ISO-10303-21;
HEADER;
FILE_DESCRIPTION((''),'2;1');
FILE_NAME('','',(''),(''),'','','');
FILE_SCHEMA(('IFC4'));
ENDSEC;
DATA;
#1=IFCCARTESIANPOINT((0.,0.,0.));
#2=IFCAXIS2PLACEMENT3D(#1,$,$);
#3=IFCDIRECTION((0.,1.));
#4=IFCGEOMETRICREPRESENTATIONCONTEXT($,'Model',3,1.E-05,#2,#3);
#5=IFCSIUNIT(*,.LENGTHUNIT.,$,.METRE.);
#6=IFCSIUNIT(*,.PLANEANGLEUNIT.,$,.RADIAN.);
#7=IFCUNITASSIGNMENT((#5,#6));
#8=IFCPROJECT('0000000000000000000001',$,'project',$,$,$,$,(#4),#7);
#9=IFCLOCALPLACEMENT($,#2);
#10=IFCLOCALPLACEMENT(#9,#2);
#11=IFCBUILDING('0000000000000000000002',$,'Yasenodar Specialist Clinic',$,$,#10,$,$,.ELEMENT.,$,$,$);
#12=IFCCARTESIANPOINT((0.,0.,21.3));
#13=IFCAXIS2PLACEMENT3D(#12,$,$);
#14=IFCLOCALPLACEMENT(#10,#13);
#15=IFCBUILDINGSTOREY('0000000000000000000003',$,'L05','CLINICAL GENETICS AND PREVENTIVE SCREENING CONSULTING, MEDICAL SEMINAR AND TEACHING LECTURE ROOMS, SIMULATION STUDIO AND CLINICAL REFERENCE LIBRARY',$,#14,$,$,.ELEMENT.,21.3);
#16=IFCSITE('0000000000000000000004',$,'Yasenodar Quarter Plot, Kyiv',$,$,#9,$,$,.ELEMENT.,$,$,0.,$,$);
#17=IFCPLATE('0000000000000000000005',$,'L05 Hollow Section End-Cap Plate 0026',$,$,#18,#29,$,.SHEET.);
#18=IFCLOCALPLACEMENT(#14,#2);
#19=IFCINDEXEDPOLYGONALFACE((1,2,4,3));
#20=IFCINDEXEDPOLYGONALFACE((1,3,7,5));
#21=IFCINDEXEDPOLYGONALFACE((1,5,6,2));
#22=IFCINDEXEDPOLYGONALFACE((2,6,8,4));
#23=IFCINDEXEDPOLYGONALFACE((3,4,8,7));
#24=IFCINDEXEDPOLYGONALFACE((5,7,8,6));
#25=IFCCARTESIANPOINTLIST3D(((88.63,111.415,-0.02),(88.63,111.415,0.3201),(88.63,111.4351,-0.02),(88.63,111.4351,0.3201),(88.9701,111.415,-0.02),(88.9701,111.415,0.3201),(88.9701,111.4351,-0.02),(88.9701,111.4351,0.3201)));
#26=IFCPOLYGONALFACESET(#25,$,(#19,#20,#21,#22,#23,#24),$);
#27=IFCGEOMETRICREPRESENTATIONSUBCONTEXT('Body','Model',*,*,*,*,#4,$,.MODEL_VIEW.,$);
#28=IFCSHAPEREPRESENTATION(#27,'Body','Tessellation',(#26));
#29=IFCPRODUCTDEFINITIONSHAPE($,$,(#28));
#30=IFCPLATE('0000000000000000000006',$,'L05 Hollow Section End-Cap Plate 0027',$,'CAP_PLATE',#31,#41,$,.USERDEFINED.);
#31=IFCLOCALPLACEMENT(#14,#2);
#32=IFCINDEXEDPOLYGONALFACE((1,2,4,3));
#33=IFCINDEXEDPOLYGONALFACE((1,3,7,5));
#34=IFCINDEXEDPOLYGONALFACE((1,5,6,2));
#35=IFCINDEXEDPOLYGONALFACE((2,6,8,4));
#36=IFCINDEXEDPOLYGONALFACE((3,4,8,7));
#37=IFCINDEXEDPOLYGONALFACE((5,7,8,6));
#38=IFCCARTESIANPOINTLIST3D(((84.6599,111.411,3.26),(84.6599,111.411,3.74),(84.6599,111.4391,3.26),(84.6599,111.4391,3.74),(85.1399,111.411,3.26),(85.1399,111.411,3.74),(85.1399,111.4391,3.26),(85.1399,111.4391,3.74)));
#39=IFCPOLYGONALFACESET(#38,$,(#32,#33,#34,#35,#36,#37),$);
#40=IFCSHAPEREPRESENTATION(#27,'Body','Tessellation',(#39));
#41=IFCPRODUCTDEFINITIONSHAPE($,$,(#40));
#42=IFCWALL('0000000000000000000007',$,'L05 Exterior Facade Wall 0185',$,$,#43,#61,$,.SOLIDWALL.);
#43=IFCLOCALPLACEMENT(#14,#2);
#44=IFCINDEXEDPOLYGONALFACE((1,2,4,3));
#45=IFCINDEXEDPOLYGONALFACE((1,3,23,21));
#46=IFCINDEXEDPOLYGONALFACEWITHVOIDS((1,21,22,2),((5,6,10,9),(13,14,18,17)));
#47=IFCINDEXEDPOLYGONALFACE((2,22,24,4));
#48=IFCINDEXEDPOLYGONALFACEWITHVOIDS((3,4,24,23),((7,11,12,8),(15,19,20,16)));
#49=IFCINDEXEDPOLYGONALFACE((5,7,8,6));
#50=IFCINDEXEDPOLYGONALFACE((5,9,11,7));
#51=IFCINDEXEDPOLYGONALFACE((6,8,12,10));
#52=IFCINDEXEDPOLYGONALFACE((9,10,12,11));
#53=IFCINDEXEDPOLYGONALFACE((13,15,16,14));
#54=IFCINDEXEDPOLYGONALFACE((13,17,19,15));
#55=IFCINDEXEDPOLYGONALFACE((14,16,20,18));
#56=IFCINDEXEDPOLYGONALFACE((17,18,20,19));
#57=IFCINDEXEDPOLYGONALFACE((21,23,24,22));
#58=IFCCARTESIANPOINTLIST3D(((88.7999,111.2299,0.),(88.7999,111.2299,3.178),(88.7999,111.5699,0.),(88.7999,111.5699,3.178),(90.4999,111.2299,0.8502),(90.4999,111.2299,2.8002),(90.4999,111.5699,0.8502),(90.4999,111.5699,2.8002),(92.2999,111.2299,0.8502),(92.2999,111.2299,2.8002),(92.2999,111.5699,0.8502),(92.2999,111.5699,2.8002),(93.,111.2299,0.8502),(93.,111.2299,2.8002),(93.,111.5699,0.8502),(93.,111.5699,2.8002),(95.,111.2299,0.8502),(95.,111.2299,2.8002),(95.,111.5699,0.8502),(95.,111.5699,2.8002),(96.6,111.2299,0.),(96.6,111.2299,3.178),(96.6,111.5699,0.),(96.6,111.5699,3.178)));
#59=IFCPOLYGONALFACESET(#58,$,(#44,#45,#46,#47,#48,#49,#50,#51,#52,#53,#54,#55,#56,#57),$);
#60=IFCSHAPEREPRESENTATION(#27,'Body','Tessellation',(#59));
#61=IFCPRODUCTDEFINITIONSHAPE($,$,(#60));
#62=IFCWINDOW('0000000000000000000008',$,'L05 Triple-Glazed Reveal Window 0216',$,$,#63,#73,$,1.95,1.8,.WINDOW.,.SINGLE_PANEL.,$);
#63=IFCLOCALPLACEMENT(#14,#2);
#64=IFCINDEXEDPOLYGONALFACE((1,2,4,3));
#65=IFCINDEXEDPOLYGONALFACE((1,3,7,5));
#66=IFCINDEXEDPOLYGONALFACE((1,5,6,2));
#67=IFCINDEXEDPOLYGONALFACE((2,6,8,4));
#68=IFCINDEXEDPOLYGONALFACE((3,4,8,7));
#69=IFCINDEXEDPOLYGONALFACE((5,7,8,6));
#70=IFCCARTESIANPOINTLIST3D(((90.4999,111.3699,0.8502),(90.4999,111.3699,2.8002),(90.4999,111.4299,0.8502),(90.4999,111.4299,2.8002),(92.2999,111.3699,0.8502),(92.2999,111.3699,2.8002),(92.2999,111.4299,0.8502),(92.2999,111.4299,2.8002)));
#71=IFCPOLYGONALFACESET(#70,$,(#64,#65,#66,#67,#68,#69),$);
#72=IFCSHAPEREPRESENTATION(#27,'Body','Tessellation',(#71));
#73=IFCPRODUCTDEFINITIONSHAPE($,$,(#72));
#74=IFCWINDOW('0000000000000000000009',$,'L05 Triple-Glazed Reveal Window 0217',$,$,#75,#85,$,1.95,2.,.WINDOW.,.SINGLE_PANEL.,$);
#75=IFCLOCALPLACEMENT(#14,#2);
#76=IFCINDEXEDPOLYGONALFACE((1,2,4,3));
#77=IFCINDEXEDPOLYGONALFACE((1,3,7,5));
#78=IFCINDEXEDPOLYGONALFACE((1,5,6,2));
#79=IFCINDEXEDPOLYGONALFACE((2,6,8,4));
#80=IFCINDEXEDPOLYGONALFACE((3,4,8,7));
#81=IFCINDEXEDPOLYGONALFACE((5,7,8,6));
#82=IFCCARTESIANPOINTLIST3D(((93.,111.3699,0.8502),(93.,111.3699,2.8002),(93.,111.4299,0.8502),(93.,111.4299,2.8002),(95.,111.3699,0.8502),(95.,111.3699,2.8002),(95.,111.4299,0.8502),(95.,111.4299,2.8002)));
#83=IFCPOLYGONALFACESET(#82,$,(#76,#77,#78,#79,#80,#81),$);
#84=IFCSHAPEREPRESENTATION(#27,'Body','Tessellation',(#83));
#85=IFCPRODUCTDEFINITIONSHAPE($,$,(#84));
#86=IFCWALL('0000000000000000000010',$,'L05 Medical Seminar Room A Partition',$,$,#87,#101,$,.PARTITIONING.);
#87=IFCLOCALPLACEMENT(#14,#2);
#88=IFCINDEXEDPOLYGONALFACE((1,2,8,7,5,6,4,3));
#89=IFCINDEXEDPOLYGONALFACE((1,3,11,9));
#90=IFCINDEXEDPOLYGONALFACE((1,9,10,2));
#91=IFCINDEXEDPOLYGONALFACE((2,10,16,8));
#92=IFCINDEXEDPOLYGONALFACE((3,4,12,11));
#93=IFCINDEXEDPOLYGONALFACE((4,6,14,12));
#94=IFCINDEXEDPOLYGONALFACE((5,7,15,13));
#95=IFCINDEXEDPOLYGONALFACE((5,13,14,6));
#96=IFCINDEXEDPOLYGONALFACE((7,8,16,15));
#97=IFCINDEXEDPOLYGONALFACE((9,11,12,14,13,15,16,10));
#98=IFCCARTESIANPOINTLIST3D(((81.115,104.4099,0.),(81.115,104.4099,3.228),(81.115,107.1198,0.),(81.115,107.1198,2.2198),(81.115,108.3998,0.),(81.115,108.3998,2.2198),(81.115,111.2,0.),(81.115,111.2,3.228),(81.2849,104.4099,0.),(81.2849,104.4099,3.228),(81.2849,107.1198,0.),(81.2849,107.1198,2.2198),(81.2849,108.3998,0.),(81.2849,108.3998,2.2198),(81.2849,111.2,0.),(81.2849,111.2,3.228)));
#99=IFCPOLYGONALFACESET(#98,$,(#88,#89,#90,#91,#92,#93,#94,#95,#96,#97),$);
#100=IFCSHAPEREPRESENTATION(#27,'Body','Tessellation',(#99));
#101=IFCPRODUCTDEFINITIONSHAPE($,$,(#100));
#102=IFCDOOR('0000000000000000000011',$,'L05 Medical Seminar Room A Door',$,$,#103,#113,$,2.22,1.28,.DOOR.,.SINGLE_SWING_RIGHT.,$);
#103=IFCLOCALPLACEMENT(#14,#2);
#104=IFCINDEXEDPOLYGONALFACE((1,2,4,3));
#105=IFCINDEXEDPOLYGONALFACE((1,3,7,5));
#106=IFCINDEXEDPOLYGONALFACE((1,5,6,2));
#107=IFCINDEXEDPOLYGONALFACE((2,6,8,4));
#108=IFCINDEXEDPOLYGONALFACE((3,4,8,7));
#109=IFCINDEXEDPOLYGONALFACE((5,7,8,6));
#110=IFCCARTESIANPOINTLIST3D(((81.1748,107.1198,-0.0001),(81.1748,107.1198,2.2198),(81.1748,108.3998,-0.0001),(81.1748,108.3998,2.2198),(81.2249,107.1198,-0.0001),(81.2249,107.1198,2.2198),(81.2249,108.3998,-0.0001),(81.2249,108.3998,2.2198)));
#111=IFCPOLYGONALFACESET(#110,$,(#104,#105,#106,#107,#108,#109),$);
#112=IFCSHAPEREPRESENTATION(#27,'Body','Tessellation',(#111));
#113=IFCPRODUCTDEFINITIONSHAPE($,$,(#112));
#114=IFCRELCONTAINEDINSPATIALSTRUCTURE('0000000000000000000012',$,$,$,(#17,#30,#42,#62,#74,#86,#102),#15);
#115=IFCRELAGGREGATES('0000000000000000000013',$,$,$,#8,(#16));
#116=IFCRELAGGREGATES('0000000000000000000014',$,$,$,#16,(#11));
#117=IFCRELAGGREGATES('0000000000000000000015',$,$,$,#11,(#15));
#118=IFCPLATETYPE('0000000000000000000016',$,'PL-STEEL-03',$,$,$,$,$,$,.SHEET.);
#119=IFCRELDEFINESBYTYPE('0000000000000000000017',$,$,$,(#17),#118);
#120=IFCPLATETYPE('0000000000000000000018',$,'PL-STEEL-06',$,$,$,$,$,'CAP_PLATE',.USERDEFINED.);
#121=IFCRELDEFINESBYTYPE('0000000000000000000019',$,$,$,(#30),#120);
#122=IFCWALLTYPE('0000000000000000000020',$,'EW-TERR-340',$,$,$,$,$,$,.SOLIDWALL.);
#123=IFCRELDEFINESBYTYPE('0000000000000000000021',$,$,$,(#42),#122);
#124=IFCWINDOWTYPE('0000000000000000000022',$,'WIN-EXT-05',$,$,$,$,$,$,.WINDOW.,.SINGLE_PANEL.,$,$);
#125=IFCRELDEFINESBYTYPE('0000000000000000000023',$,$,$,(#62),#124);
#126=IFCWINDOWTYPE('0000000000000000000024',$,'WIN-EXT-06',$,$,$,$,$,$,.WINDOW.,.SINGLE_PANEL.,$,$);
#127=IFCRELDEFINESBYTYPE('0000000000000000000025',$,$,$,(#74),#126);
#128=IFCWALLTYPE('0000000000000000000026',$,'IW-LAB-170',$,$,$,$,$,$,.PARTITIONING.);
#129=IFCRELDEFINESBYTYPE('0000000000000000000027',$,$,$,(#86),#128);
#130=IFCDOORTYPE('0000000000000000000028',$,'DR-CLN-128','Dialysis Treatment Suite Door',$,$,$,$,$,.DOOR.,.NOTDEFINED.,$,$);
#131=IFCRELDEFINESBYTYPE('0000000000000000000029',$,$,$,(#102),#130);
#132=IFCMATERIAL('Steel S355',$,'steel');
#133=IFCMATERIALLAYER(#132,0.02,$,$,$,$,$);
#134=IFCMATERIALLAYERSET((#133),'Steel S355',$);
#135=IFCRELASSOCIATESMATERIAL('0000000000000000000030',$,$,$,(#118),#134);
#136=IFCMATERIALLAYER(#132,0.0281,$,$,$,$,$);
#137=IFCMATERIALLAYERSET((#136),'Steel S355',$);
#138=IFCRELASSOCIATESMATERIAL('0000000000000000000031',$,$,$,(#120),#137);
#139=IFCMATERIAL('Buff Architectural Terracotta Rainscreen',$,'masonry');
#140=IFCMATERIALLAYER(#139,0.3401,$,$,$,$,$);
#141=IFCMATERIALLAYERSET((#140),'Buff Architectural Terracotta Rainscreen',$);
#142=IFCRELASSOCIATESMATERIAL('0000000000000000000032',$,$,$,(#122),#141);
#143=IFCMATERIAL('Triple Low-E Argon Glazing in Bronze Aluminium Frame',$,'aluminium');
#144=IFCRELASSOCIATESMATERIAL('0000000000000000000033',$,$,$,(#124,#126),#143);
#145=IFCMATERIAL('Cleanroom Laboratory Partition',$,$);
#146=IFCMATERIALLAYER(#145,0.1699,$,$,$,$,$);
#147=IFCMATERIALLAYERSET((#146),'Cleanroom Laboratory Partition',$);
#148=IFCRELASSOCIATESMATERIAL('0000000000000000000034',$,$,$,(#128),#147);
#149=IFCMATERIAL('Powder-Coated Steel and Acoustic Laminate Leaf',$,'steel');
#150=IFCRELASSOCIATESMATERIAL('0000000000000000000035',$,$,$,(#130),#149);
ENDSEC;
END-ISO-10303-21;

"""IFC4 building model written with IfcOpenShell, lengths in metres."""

from ifc_helpers import new_model, si_unit, direction, frame, frame_2d, origin, origin_2d, place, context, subcontext, project, spatial, rectangle, extrude, material, layer, layer_set, type_object, element, fill, save


model = new_model("IFC4")

# Units and contexts
model_context = context("Model", 3, precision=1e-05, world=origin(), true_north=direction((0.0, 1.0)))
body_context = subcontext(model_context, "Body", "Model", "MODEL_VIEW")
ifc_project = project(units=[si_unit("LENGTHUNIT", "METRE"), si_unit("PLANEANGLEUNIT", "RADIAN")], contexts=[model_context])

# Site, building, storey
site_placement = place(None, origin())
site = spatial("IfcSite", under=ifc_project, at=site_placement, Name="Yasenodar Quarter Plot, Kyiv", CompositionType="ELEMENT", RefElevation=0.0)
building_placement = place(site_placement, origin())
building = spatial("IfcBuilding", under=site, at=building_placement, Name="Yasenodar Specialist Clinic", CompositionType="ELEMENT")
storey_placement = place(building_placement, frame((0.0, 0.0, 21.3)))
storey = spatial("IfcBuildingStorey", under=building, at=storey_placement, Name="L05", Description="CLINICAL GENETICS AND PREVENTIVE SCREENING CONSULTING, MEDICAL SEMINAR AND TEACHING LECTURE ROOMS, SIMULATION STUDIO AND CLINICAL REFERENCE LIBRARY", CompositionType="ELEMENT", Elevation=21.3)

# Shared definitions
ifc_material_1 = material(Name="Steel S355", Category="steel")

# Plates
ifc_layer_1 = layer(ifc_material_1, 0.02)
ifc_layer_set_1 = layer_set([ifc_layer_1], Name="Steel S355")
plate_type_1 = type_object("IfcPlateType", Name="PL-STEEL-03", PredefinedType="SHEET", material=ifc_layer_set_1)
plate_1_placement = place(storey_placement, frame((88.8, 111.425, -0.02), z_axis=(0.0, 0.0, 1.0), x_axis=(1.0, 0.0, 0.0)))
element("IfcPlate", 1, at=plate_1_placement, inside=storey, type_object=plate_type_1, Name="L05 Hollow Section End-Cap Plate 0026", PredefinedType="SHEET", context=body_context, shape_type="SweptSolid", body=[
    extrude(rectangle(XDim=0.3401, YDim=0.02, at=origin_2d()), origin(), (0.0, 0.0, 1.0), 0.3401),
])
ifc_layer_2 = layer(ifc_material_1, 0.0281)
ifc_layer_set_2 = layer_set([ifc_layer_2], Name="Steel S355")
plate_type_2 = type_object("IfcPlateType", Name="PL-STEEL-06", ElementType="CAP_PLATE", PredefinedType="USERDEFINED", material=ifc_layer_set_2)
plate_2_placement = place(storey_placement, frame((84.8999, 111.425, 3.26), z_axis=(0.0, 0.0, 1.0), x_axis=(1.0, 0.0, 0.0)))
element("IfcPlate", 2, at=plate_2_placement, inside=storey, type_object=plate_type_2, Name="L05 Hollow Section End-Cap Plate 0027", ObjectType="CAP_PLATE", PredefinedType="USERDEFINED", context=body_context, shape_type="SweptSolid", body=[
    extrude(rectangle(XDim=0.48, YDim=0.0281, at=origin_2d()), origin(), (0.0, 0.0, 1.0), 0.48),
])

# Wall, openings, windows
ifc_material_2 = material(Name="Buff Architectural Terracotta Rainscreen", Category="masonry")
ifc_layer_3 = layer(ifc_material_2, 0.3401)
ifc_layer_set_3 = layer_set([ifc_layer_3], Name="Buff Architectural Terracotta Rainscreen")
wall_type_1 = type_object("IfcWallType", Name="EW-TERR-340", PredefinedType="SOLIDWALL", material=ifc_layer_set_3)
wall_1_placement = place(storey_placement, frame((88.8, 111.3999, 0.0), z_axis=(0.0, 0.0, 1.0), x_axis=(1.0, 0.0, 0.0)))
wall_1 = element("IfcWall", 3, at=wall_1_placement, inside=storey, type_object=wall_type_1, Name="L05 Exterior Facade Wall 0185", PredefinedType="SOLIDWALL", context=body_context, shape_type="SweptSolid", body=[
    extrude(rectangle(XDim=7.8, YDim=0.3401, at=frame_2d((3.8999, 0.0))), origin(), (0.0, 0.0, 1.0), 3.178),
])
opening_1_placement = place(wall_1_placement, frame((1.7, 0.0, 0.8501)))
opening_1 = element("IfcOpeningElement", 4, at=opening_1_placement, cuts=wall_1, PredefinedType="OPENING", context=body_context, shape_type="SweptSolid", body=[
    extrude(rectangle(XDim=1.8, YDim=1.95, at=frame_2d((0.8999, 0.9751))), frame((0.0, 0.1802, 0.0), z_axis=(0.0, -1.0, 0.0), x_axis=(1.0, 0.0, 0.0)), (0.0, 0.0, 1.0), 0.3601),
])
opening_2_placement = place(wall_1_placement, frame((4.2, 0.0, 0.8501)))
opening_2 = element("IfcOpeningElement", 5, at=opening_2_placement, cuts=wall_1, PredefinedType="OPENING", context=body_context, shape_type="SweptSolid", body=[
    extrude(rectangle(XDim=2.0, YDim=1.95, at=frame_2d((1.0, 0.9751))), frame((0.0, 0.1802, 0.0), z_axis=(0.0, -1.0, 0.0), x_axis=(1.0, 0.0, 0.0)), (0.0, 0.0, 1.0), 0.3601),
])
ifc_material_3 = material(Name="Triple Low-E Argon Glazing in Bronze Aluminium Frame", Category="aluminium")
window_type_1 = type_object("IfcWindowType", Name="WIN-EXT-05", PartitioningType="SINGLE_PANEL", PredefinedType="WINDOW", material=ifc_material_3)
window_1_placement = place(opening_1_placement, origin())
window_1 = element("IfcWindow", 6, at=window_1_placement, inside=storey, type_object=window_type_1, Name="L05 Triple-Glazed Reveal Window 0216", OverallHeight=1.95, OverallWidth=1.8, PartitioningType="SINGLE_PANEL", PredefinedType="WINDOW", context=body_context, shape_type="SweptSolid", body=[
    extrude(rectangle(XDim=1.8, YDim=1.95, at=frame_2d((0.8999, 0.9751))), frame((0.0, 0.03, 0.0), z_axis=(0.0, -1.0, 0.0), x_axis=(1.0, 0.0, 0.0)), (0.0, 0.0, 1.0), 0.0601),
])
fill(opening_1, window_1)
window_type_2 = type_object("IfcWindowType", Name="WIN-EXT-06", PartitioningType="SINGLE_PANEL", PredefinedType="WINDOW", material=ifc_material_3)
window_2_placement = place(opening_2_placement, origin())
window_2 = element("IfcWindow", 7, at=window_2_placement, inside=storey, type_object=window_type_2, Name="L05 Triple-Glazed Reveal Window 0217", OverallHeight=1.95, OverallWidth=2.0, PartitioningType="SINGLE_PANEL", PredefinedType="WINDOW", context=body_context, shape_type="SweptSolid", body=[
    extrude(rectangle(XDim=2.0, YDim=1.95, at=frame_2d((1.0, 0.9751))), frame((0.0, 0.03, 0.0), z_axis=(0.0, -1.0, 0.0), x_axis=(1.0, 0.0, 0.0)), (0.0, 0.0, 1.0), 0.0601),
])
fill(opening_2, window_2)

# Wall, opening, door
ifc_material_4 = material(Name="Cleanroom Laboratory Partition")
ifc_layer_4 = layer(ifc_material_4, 0.1699)
ifc_layer_set_4 = layer_set([ifc_layer_4], Name="Cleanroom Laboratory Partition")
wall_type_2 = type_object("IfcWallType", Name="IW-LAB-170", PredefinedType="PARTITIONING", material=ifc_layer_set_4)
wall_2_placement = place(storey_placement, frame((81.2, 111.2, 0.0), z_axis=(0.0, 0.0, 1.0), x_axis=(0.0, -1.0, 0.0)))
wall_2 = element("IfcWall", 8, at=wall_2_placement, inside=storey, type_object=wall_type_2, Name="L05 Medical Seminar Room A Partition", PredefinedType="PARTITIONING", context=body_context, shape_type="SweptSolid", body=[
    extrude(rectangle(XDim=6.79, YDim=0.1699, at=frame_2d((3.395, 0.0))), origin(), (0.0, 0.0, 1.0), 3.228),
])
opening_3_placement = place(wall_2_placement, frame((2.8, 0.0, 0.0)))
opening_3 = element("IfcOpeningElement", 9, at=opening_3_placement, cuts=wall_2, PredefinedType="OPENING", context=body_context, shape_type="SweptSolid", body=[
    extrude(rectangle(XDim=1.28, YDim=2.22, at=frame_2d((0.6401, 1.1099))), frame((0.0, 0.095, 0.0), z_axis=(0.0, -1.0, 0.0), x_axis=(1.0, 0.0, 0.0)), (0.0, 0.0, 1.0), 0.1899),
])
ifc_material_5 = material(Name="Powder-Coated Steel and Acoustic Laminate Leaf", Category="steel")
door_type = type_object("IfcDoorType", Name="DR-CLN-128", Description="Dialysis Treatment Suite Door", OperationType="NOTDEFINED", PredefinedType="DOOR", material=ifc_material_5)
door_placement = place(opening_3_placement, origin())
door = element("IfcDoor", 10, at=door_placement, inside=storey, type_object=door_type, Name="L05 Medical Seminar Room A Door", OperationType="SINGLE_SWING_RIGHT", OverallHeight=2.22, OverallWidth=1.28, PredefinedType="DOOR", context=body_context, shape_type="SweptSolid", body=[
    extrude(rectangle(XDim=1.28, YDim=2.22, at=frame_2d((0.6401, 1.1099))), frame((0.0, 0.0249, 0.0), z_axis=(0.0, -1.0, 0.0), x_axis=(1.0, 0.0, 0.0)), (0.0, 0.0, 1.0), 0.05),
])
fill(opening_3, door)

save(model, "model.ifc")
